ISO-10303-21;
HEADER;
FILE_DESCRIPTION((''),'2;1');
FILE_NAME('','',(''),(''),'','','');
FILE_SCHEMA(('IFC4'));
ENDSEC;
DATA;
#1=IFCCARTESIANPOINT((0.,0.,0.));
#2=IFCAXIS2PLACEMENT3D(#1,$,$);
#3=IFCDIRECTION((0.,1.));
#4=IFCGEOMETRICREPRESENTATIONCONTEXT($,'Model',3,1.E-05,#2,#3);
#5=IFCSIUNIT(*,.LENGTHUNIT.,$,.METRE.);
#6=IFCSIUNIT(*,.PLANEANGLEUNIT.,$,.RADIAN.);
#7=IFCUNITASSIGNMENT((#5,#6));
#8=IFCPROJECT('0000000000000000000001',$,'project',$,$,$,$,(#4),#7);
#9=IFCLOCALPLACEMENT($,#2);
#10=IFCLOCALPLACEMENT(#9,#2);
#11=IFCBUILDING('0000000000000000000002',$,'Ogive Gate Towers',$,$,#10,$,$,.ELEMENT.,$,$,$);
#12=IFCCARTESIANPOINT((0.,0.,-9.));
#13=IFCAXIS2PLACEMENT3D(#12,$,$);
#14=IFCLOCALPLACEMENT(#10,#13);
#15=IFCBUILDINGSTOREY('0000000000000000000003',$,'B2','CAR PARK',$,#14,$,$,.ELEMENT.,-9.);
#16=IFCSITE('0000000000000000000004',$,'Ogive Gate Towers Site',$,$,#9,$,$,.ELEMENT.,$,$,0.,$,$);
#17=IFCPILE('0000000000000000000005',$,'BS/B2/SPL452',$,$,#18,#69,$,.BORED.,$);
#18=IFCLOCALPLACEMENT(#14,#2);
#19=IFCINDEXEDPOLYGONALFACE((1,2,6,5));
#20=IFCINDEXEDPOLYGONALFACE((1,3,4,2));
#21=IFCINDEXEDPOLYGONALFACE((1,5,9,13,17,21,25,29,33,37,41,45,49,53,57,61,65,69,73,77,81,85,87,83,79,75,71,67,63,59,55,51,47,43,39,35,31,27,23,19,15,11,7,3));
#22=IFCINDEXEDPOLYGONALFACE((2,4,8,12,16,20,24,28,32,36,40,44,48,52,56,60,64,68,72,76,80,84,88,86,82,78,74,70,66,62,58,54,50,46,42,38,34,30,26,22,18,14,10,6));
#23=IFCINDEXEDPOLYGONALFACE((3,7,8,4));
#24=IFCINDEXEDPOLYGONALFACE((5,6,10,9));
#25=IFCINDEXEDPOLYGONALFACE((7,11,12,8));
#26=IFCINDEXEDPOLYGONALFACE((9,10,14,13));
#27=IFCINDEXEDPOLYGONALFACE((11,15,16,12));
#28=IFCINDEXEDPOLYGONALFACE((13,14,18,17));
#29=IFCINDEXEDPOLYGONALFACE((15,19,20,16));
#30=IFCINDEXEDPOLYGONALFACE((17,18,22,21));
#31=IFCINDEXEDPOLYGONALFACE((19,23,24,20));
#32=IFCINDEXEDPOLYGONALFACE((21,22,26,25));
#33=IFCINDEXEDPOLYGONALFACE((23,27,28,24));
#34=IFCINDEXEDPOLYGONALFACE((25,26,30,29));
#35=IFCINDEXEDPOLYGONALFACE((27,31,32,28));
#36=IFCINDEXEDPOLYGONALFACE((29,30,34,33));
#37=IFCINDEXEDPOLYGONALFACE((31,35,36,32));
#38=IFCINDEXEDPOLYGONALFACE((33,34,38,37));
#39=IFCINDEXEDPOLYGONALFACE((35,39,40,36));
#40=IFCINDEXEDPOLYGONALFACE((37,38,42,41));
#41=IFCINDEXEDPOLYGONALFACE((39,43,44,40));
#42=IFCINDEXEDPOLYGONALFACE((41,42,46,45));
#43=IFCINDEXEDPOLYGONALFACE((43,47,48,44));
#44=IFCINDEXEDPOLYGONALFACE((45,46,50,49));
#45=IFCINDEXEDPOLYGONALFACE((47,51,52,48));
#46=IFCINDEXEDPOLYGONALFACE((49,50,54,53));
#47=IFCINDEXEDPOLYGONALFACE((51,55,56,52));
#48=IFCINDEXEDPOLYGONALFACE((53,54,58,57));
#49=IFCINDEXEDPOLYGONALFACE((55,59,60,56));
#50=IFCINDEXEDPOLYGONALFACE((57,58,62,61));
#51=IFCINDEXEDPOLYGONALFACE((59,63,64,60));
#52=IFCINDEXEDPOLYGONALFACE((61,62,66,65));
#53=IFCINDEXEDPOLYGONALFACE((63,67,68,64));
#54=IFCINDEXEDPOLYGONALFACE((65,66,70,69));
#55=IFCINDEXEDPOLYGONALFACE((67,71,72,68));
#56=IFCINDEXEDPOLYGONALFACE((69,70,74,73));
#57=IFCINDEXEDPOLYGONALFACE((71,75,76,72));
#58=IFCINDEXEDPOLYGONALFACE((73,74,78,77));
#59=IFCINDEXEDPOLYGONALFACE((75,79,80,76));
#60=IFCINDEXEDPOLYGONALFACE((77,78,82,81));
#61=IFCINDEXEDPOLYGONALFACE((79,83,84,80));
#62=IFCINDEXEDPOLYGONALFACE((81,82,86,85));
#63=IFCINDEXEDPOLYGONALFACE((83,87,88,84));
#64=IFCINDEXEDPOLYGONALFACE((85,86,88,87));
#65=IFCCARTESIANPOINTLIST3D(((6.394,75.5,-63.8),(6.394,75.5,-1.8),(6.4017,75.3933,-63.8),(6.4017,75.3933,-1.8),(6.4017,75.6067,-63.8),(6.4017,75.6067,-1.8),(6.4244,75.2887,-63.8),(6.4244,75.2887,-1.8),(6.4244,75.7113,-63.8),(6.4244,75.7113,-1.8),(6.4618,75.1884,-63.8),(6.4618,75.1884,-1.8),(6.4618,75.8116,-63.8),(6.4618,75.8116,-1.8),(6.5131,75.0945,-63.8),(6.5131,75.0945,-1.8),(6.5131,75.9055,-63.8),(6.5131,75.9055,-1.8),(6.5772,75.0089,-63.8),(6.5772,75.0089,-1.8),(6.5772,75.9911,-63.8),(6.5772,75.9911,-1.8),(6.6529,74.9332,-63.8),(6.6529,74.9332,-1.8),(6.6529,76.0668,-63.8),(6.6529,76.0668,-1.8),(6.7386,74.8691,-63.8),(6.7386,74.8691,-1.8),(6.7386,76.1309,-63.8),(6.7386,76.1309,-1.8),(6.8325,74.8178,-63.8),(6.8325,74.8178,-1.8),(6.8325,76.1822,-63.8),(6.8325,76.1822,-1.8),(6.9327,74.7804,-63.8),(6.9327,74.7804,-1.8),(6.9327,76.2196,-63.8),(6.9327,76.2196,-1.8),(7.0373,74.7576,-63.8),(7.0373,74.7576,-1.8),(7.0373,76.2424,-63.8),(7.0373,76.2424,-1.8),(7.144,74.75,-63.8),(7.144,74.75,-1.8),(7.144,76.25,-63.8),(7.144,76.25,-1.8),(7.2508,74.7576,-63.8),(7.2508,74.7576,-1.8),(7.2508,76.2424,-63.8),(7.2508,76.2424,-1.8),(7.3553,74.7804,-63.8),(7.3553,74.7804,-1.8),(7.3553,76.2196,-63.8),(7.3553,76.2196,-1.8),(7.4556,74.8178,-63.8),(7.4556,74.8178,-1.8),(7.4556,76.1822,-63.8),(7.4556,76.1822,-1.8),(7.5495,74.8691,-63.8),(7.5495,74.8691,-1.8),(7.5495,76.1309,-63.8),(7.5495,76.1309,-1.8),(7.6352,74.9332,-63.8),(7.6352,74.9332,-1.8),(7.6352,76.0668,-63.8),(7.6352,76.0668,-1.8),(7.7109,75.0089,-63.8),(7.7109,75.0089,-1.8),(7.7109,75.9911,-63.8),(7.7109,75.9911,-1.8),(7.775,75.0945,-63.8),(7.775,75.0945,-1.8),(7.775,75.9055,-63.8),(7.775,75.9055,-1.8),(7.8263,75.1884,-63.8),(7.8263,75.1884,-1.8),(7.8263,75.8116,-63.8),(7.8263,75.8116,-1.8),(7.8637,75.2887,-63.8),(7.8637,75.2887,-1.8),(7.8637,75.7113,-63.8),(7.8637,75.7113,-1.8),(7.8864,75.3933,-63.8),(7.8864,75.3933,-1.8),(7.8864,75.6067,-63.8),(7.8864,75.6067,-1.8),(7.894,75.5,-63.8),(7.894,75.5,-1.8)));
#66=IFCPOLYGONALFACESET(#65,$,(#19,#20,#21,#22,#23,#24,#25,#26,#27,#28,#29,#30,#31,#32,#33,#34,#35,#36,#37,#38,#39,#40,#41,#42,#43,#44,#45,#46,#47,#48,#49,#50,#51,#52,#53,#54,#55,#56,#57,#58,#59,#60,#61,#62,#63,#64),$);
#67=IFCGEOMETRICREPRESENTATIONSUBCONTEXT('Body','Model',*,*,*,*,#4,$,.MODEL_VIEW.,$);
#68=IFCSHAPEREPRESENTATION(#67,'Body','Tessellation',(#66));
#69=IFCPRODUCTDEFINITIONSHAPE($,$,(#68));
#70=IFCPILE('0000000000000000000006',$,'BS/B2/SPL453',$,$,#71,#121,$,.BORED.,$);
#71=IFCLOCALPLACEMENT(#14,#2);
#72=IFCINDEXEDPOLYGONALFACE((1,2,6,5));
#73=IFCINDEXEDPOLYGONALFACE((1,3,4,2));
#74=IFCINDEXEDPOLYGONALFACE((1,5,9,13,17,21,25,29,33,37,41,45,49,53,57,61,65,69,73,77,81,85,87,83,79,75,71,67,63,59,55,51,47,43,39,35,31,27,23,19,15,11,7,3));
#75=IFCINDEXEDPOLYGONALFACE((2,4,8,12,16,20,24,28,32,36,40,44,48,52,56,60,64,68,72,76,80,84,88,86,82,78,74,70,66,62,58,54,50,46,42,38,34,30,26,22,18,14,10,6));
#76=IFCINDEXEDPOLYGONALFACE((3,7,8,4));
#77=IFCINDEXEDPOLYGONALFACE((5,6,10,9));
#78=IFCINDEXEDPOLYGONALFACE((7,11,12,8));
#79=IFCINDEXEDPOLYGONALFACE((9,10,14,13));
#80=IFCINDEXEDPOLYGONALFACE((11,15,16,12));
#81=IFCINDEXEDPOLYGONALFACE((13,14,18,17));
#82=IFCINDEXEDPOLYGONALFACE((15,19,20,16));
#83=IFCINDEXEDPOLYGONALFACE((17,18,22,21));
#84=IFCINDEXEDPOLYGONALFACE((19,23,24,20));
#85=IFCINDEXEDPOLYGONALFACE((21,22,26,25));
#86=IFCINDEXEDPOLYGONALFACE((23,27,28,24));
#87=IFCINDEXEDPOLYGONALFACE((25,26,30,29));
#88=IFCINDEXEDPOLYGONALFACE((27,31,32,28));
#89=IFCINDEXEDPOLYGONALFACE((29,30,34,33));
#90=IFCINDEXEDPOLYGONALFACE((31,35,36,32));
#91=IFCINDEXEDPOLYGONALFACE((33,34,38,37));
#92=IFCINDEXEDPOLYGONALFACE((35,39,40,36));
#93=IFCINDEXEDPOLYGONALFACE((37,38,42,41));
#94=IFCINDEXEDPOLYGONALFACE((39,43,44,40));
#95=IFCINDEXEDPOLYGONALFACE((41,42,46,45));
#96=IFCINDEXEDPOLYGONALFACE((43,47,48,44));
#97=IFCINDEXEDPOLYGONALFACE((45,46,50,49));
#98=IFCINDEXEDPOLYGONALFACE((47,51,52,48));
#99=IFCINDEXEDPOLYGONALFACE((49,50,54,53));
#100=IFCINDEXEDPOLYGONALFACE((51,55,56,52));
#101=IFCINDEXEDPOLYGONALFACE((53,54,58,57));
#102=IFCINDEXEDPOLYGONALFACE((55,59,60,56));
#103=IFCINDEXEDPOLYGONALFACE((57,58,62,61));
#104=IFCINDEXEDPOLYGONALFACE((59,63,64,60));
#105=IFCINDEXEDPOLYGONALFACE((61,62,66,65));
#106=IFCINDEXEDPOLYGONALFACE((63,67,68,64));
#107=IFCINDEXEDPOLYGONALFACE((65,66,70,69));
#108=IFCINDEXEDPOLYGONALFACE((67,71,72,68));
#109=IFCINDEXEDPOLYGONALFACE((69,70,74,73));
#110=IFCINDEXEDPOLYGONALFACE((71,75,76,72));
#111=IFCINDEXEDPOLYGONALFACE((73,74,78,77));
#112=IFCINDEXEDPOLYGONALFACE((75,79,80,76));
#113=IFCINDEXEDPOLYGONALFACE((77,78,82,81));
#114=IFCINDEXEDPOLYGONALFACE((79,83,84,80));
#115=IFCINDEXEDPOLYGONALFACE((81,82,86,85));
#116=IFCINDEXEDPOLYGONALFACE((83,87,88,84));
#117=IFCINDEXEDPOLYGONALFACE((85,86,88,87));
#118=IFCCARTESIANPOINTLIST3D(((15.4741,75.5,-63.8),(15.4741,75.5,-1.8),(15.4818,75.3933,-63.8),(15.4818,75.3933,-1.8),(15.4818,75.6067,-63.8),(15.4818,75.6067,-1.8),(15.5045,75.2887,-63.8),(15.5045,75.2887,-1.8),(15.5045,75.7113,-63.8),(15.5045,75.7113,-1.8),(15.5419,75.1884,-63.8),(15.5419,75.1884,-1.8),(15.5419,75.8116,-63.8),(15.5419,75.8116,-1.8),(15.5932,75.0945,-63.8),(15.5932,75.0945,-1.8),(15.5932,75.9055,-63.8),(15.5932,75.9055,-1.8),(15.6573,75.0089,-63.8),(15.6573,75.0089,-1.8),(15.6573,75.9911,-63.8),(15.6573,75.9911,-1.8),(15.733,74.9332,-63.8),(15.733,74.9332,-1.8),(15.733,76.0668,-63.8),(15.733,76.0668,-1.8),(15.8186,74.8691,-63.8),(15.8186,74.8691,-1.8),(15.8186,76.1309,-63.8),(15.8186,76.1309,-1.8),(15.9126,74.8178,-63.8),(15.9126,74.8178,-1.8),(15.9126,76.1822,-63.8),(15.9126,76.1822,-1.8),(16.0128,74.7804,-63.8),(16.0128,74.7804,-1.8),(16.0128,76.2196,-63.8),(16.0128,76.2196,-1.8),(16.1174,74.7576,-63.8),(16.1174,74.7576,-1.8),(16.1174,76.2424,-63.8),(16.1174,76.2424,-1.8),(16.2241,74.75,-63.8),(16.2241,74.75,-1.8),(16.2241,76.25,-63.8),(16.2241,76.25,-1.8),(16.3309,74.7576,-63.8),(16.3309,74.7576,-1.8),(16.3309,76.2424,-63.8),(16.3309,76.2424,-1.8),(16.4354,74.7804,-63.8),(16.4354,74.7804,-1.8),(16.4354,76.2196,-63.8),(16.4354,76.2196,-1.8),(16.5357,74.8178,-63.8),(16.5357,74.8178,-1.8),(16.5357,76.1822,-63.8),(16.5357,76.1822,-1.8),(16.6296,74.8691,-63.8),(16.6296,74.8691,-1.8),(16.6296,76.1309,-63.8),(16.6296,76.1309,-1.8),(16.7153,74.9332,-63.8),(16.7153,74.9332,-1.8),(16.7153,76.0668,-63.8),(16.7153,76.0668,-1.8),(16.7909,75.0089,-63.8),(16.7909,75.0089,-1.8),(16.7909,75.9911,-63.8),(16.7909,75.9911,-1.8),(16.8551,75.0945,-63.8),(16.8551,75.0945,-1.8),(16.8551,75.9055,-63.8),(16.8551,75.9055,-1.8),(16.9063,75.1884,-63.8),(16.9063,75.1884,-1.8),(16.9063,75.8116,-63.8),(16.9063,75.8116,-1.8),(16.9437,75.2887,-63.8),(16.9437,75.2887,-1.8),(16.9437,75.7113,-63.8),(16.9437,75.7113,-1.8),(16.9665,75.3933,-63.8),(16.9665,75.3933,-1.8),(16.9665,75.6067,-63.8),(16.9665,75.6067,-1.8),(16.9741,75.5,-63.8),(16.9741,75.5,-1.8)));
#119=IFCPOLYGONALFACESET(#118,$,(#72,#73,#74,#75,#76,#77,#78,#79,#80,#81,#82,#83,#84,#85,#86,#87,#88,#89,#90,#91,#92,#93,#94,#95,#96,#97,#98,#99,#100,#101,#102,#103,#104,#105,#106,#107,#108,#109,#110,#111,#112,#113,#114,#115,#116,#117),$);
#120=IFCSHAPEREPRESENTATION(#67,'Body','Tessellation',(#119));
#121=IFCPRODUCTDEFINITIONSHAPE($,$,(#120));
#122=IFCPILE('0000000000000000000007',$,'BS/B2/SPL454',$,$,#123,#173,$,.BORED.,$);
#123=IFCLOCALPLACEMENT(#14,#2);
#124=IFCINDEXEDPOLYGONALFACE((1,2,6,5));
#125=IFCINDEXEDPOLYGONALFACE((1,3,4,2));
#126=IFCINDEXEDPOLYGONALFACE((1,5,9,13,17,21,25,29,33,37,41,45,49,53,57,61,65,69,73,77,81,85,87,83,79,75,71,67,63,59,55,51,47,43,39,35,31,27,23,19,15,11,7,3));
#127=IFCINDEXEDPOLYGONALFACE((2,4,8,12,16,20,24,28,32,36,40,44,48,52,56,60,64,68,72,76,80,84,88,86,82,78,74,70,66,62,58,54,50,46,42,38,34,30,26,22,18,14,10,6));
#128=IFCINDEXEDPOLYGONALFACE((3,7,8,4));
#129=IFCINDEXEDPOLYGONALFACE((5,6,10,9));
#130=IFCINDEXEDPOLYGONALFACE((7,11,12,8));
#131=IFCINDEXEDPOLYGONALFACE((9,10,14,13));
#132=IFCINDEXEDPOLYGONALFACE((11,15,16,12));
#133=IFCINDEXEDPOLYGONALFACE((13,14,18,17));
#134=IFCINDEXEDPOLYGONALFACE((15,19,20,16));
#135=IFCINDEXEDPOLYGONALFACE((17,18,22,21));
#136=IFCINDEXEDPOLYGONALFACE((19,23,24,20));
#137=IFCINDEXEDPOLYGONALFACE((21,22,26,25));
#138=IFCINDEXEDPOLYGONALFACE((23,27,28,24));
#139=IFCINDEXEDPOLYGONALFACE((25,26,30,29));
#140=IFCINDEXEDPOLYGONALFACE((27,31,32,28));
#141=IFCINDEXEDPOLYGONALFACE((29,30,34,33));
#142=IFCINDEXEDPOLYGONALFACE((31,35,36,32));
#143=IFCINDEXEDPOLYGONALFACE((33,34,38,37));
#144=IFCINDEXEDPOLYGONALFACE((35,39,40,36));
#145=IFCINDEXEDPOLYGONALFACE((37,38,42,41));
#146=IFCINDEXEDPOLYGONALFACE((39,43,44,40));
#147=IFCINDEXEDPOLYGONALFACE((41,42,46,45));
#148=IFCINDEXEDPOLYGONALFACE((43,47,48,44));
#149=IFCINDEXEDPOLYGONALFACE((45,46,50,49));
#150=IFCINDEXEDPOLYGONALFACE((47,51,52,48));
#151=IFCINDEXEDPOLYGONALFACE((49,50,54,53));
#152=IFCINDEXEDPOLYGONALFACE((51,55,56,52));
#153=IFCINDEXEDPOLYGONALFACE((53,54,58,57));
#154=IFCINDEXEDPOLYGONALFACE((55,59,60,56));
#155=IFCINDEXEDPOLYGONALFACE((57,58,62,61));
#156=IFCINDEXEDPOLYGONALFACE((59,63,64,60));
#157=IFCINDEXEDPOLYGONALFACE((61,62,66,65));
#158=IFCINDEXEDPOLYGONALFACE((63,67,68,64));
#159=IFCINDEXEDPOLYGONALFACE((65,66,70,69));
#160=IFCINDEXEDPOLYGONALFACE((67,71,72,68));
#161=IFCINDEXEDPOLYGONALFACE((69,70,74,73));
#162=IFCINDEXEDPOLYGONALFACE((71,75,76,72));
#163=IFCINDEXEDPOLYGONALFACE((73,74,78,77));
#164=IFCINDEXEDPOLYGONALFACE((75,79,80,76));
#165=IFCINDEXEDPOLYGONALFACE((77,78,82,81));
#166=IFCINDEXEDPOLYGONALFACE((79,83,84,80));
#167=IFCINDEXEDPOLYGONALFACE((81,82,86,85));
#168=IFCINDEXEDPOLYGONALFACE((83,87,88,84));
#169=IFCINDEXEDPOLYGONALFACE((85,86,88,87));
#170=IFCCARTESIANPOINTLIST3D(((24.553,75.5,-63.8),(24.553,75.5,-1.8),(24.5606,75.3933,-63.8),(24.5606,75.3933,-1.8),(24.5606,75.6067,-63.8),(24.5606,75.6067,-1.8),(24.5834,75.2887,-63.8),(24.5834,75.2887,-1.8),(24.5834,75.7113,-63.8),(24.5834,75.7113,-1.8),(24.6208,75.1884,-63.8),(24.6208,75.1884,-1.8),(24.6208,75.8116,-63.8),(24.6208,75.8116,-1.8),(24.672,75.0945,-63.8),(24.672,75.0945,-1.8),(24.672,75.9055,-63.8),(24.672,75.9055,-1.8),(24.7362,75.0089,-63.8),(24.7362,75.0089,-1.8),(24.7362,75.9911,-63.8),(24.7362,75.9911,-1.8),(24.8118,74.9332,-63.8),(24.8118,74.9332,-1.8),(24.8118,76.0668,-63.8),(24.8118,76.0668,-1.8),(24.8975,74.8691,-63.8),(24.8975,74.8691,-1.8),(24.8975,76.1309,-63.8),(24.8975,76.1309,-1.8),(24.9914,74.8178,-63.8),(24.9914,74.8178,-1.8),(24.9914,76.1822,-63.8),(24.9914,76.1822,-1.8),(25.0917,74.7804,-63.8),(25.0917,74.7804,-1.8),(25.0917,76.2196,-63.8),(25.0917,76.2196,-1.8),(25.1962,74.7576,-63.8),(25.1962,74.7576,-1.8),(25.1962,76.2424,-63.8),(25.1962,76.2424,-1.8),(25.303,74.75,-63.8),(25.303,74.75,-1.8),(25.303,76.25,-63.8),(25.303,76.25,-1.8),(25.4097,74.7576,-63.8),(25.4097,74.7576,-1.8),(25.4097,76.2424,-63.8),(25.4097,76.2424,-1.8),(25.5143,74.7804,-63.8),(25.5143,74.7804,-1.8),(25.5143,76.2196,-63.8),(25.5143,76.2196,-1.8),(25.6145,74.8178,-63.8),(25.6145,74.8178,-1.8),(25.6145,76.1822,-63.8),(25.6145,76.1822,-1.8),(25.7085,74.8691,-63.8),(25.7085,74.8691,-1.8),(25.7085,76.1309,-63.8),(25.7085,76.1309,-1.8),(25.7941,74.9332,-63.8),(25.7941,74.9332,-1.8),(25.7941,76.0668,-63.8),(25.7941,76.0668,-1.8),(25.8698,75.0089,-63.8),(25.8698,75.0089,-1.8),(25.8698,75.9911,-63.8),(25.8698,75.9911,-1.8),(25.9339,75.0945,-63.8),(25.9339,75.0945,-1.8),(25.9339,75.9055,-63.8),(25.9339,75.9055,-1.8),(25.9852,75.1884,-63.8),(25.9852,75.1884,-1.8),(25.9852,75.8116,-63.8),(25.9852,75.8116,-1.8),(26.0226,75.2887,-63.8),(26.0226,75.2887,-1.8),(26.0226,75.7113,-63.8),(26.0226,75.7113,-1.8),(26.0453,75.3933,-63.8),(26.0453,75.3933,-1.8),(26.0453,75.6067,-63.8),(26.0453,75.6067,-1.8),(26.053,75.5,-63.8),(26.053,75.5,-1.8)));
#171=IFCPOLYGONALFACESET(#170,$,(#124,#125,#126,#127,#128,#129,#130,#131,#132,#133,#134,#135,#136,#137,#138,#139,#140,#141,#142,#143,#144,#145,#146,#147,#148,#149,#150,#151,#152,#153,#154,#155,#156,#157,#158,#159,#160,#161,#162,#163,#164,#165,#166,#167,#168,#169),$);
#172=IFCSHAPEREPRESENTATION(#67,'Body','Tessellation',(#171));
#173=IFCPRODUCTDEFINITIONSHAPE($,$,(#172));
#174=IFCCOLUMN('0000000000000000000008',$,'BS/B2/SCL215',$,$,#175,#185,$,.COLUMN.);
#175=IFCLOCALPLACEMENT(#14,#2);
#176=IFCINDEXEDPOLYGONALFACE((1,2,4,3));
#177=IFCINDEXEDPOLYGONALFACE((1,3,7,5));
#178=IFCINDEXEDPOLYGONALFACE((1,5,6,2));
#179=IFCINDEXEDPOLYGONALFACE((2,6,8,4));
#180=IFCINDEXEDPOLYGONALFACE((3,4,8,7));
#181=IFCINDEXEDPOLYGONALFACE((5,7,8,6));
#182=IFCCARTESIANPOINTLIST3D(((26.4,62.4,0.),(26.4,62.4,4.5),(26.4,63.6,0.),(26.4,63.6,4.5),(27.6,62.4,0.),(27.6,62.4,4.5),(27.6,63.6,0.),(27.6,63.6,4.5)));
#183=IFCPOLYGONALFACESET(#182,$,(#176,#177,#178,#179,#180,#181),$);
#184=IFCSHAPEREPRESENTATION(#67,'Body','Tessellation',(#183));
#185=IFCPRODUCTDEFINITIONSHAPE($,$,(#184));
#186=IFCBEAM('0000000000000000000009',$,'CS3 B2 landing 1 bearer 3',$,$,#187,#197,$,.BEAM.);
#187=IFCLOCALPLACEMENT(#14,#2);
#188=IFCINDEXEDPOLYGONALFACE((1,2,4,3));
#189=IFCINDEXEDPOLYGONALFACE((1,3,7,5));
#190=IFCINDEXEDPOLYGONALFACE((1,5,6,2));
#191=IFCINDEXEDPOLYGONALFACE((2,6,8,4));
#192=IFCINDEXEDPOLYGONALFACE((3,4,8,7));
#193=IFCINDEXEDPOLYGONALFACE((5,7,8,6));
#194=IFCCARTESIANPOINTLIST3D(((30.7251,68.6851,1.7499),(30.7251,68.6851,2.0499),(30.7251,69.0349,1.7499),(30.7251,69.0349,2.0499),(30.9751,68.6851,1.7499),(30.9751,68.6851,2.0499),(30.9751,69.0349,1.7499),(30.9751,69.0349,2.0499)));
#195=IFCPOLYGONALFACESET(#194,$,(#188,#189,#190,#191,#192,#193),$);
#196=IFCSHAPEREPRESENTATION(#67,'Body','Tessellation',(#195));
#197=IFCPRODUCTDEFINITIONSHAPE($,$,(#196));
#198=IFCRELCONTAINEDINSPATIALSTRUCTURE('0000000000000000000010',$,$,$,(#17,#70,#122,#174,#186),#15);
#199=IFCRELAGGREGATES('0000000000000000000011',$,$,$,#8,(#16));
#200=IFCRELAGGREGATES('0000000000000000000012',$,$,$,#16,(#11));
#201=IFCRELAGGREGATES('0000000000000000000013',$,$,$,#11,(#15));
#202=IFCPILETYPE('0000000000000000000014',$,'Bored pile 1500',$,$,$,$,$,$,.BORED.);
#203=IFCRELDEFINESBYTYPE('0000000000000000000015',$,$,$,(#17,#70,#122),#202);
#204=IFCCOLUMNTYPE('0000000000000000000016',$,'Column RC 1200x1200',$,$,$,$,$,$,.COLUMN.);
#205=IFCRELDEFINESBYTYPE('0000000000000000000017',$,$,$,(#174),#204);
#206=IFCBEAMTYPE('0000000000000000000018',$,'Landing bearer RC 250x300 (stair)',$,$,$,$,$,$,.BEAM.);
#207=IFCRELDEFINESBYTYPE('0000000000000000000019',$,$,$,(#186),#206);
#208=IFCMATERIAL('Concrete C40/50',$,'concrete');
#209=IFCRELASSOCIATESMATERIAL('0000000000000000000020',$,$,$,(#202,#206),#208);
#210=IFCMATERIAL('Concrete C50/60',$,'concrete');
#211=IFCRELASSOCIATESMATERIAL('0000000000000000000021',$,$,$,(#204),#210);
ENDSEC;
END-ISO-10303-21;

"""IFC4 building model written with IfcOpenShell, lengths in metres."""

from ifc_helpers import new_model, si_unit, direction, frame, origin, origin_2d, place, context, subcontext, project, spatial, rectangle, circle, extrude, material, material_profile, profile_set, type_object, element, save


model = new_model("IFC4")

# Units and contexts
model_context = context("Model", 3, precision=1e-05, world=origin(), true_north=direction((0.0, 1.0)))
body_context = subcontext(model_context, "Body", "Model", "MODEL_VIEW")
ifc_project = project(units=[si_unit("LENGTHUNIT", "METRE"), si_unit("PLANEANGLEUNIT", "RADIAN")], contexts=[model_context])

# Site, building, storey
site_placement = place(None, origin())
site = spatial("IfcSite", under=ifc_project, at=site_placement, Name="Ogive Gate Towers Site", CompositionType="ELEMENT", RefElevation=0.0)
building_placement = place(site_placement, origin())
building = spatial("IfcBuilding", under=site, at=building_placement, Name="Ogive Gate Towers", CompositionType="ELEMENT")
storey_placement = place(building_placement, frame((0.0, 0.0, -9.0)))
storey = spatial("IfcBuildingStorey", under=building, at=storey_placement, Name="B2", Description="CAR PARK", CompositionType="ELEMENT", Elevation=-9.0)

# Piles
ifc_material_1 = material(Name="Concrete C40/50", Category="concrete")
ifc_material_profile_1 = material_profile(ifc_material_1, circle(Radius=0.75, at=origin_2d()), Name="BP 1500")
ifc_profile_set_1 = profile_set([ifc_material_profile_1], Name="Concrete C40/50")
pile_type = type_object("IfcPileType", Name="Bored pile 1500", PredefinedType="BORED", material=ifc_profile_set_1)
for number, where, z_axis, x_axis, name in (
    (1, (7.144, 75.5, -1.8), (0.0, 0.0, -1.0), (1.0, 0.0, 0.0), "BS/B2/SPL452"),
    (2, (16.2241, 75.5, -1.8), (0.0, 0.0, -1.0), (1.0, 0.0, 0.0), "BS/B2/SPL453"),
    (3, (25.303, 75.5, -1.8), (0.0, 0.0, -1.0), (1.0, 0.0, 0.0), "BS/B2/SPL454"),
):
    element("IfcPile", number, at=place(storey_placement, frame(where, z_axis=z_axis, x_axis=x_axis)), inside=storey, type_object=pile_type, Name=name, PredefinedType="BORED", context=body_context, shape_type="SweptSolid", body=[
        extrude(circle(Radius=0.75, at=origin_2d()), origin(), (0.0, 0.0, 1.0), 62.0),
    ])

# Column
ifc_material_2 = material(Name="Concrete C50/60", Category="concrete")
ifc_material_profile_2 = material_profile(ifc_material_2, rectangle(XDim=1.2, YDim=1.2, at=origin_2d()), Name="RC 1200x1200")
ifc_profile_set_2 = profile_set([ifc_material_profile_2], Name="Concrete C50/60")
column_type = type_object("IfcColumnType", Name="Column RC 1200x1200", PredefinedType="COLUMN", material=ifc_profile_set_2)
column_placement = place(storey_placement, frame((27.0, 63.0, 0.0), z_axis=(0.0, 0.0, 1.0), x_axis=(1.0, 0.0, 0.0)))
element("IfcColumn", 4, at=column_placement, inside=storey, type_object=column_type, Name="BS/B2/SCL215", PredefinedType="COLUMN", context=body_context, shape_type="SweptSolid", body=[
    extrude(rectangle(XDim=1.2, YDim=1.2, at=origin_2d()), origin(), (0.0, 0.0, 1.0), 4.5),
])

# Beam
ifc_material_profile_3 = material_profile(ifc_material_1, rectangle(XDim=0.25, YDim=0.3, at=origin_2d()), Name="RC 250x300")
ifc_profile_set_3 = profile_set([ifc_material_profile_3], Name="Concrete C40/50")
beam_type = type_object("IfcBeamType", Name="Landing bearer RC 250x300 (stair)", PredefinedType="BEAM", material=ifc_profile_set_3)
beam_placement = place(storey_placement, frame((30.8501, 68.6851, 1.8999), z_axis=(0.0, 1.0, 0.0), x_axis=(-1.0, 0.0, 0.0)))
element("IfcBeam", 5, at=beam_placement, inside=storey, type_object=beam_type, Name="CS3 B2 landing 1 bearer 3", PredefinedType="BEAM", context=body_context, shape_type="SweptSolid", body=[
    extrude(rectangle(XDim=0.25, YDim=0.3, at=origin_2d()), origin(), (0.0, 0.0, 1.0), 0.3499),
])

save(model, "model.ifc")
